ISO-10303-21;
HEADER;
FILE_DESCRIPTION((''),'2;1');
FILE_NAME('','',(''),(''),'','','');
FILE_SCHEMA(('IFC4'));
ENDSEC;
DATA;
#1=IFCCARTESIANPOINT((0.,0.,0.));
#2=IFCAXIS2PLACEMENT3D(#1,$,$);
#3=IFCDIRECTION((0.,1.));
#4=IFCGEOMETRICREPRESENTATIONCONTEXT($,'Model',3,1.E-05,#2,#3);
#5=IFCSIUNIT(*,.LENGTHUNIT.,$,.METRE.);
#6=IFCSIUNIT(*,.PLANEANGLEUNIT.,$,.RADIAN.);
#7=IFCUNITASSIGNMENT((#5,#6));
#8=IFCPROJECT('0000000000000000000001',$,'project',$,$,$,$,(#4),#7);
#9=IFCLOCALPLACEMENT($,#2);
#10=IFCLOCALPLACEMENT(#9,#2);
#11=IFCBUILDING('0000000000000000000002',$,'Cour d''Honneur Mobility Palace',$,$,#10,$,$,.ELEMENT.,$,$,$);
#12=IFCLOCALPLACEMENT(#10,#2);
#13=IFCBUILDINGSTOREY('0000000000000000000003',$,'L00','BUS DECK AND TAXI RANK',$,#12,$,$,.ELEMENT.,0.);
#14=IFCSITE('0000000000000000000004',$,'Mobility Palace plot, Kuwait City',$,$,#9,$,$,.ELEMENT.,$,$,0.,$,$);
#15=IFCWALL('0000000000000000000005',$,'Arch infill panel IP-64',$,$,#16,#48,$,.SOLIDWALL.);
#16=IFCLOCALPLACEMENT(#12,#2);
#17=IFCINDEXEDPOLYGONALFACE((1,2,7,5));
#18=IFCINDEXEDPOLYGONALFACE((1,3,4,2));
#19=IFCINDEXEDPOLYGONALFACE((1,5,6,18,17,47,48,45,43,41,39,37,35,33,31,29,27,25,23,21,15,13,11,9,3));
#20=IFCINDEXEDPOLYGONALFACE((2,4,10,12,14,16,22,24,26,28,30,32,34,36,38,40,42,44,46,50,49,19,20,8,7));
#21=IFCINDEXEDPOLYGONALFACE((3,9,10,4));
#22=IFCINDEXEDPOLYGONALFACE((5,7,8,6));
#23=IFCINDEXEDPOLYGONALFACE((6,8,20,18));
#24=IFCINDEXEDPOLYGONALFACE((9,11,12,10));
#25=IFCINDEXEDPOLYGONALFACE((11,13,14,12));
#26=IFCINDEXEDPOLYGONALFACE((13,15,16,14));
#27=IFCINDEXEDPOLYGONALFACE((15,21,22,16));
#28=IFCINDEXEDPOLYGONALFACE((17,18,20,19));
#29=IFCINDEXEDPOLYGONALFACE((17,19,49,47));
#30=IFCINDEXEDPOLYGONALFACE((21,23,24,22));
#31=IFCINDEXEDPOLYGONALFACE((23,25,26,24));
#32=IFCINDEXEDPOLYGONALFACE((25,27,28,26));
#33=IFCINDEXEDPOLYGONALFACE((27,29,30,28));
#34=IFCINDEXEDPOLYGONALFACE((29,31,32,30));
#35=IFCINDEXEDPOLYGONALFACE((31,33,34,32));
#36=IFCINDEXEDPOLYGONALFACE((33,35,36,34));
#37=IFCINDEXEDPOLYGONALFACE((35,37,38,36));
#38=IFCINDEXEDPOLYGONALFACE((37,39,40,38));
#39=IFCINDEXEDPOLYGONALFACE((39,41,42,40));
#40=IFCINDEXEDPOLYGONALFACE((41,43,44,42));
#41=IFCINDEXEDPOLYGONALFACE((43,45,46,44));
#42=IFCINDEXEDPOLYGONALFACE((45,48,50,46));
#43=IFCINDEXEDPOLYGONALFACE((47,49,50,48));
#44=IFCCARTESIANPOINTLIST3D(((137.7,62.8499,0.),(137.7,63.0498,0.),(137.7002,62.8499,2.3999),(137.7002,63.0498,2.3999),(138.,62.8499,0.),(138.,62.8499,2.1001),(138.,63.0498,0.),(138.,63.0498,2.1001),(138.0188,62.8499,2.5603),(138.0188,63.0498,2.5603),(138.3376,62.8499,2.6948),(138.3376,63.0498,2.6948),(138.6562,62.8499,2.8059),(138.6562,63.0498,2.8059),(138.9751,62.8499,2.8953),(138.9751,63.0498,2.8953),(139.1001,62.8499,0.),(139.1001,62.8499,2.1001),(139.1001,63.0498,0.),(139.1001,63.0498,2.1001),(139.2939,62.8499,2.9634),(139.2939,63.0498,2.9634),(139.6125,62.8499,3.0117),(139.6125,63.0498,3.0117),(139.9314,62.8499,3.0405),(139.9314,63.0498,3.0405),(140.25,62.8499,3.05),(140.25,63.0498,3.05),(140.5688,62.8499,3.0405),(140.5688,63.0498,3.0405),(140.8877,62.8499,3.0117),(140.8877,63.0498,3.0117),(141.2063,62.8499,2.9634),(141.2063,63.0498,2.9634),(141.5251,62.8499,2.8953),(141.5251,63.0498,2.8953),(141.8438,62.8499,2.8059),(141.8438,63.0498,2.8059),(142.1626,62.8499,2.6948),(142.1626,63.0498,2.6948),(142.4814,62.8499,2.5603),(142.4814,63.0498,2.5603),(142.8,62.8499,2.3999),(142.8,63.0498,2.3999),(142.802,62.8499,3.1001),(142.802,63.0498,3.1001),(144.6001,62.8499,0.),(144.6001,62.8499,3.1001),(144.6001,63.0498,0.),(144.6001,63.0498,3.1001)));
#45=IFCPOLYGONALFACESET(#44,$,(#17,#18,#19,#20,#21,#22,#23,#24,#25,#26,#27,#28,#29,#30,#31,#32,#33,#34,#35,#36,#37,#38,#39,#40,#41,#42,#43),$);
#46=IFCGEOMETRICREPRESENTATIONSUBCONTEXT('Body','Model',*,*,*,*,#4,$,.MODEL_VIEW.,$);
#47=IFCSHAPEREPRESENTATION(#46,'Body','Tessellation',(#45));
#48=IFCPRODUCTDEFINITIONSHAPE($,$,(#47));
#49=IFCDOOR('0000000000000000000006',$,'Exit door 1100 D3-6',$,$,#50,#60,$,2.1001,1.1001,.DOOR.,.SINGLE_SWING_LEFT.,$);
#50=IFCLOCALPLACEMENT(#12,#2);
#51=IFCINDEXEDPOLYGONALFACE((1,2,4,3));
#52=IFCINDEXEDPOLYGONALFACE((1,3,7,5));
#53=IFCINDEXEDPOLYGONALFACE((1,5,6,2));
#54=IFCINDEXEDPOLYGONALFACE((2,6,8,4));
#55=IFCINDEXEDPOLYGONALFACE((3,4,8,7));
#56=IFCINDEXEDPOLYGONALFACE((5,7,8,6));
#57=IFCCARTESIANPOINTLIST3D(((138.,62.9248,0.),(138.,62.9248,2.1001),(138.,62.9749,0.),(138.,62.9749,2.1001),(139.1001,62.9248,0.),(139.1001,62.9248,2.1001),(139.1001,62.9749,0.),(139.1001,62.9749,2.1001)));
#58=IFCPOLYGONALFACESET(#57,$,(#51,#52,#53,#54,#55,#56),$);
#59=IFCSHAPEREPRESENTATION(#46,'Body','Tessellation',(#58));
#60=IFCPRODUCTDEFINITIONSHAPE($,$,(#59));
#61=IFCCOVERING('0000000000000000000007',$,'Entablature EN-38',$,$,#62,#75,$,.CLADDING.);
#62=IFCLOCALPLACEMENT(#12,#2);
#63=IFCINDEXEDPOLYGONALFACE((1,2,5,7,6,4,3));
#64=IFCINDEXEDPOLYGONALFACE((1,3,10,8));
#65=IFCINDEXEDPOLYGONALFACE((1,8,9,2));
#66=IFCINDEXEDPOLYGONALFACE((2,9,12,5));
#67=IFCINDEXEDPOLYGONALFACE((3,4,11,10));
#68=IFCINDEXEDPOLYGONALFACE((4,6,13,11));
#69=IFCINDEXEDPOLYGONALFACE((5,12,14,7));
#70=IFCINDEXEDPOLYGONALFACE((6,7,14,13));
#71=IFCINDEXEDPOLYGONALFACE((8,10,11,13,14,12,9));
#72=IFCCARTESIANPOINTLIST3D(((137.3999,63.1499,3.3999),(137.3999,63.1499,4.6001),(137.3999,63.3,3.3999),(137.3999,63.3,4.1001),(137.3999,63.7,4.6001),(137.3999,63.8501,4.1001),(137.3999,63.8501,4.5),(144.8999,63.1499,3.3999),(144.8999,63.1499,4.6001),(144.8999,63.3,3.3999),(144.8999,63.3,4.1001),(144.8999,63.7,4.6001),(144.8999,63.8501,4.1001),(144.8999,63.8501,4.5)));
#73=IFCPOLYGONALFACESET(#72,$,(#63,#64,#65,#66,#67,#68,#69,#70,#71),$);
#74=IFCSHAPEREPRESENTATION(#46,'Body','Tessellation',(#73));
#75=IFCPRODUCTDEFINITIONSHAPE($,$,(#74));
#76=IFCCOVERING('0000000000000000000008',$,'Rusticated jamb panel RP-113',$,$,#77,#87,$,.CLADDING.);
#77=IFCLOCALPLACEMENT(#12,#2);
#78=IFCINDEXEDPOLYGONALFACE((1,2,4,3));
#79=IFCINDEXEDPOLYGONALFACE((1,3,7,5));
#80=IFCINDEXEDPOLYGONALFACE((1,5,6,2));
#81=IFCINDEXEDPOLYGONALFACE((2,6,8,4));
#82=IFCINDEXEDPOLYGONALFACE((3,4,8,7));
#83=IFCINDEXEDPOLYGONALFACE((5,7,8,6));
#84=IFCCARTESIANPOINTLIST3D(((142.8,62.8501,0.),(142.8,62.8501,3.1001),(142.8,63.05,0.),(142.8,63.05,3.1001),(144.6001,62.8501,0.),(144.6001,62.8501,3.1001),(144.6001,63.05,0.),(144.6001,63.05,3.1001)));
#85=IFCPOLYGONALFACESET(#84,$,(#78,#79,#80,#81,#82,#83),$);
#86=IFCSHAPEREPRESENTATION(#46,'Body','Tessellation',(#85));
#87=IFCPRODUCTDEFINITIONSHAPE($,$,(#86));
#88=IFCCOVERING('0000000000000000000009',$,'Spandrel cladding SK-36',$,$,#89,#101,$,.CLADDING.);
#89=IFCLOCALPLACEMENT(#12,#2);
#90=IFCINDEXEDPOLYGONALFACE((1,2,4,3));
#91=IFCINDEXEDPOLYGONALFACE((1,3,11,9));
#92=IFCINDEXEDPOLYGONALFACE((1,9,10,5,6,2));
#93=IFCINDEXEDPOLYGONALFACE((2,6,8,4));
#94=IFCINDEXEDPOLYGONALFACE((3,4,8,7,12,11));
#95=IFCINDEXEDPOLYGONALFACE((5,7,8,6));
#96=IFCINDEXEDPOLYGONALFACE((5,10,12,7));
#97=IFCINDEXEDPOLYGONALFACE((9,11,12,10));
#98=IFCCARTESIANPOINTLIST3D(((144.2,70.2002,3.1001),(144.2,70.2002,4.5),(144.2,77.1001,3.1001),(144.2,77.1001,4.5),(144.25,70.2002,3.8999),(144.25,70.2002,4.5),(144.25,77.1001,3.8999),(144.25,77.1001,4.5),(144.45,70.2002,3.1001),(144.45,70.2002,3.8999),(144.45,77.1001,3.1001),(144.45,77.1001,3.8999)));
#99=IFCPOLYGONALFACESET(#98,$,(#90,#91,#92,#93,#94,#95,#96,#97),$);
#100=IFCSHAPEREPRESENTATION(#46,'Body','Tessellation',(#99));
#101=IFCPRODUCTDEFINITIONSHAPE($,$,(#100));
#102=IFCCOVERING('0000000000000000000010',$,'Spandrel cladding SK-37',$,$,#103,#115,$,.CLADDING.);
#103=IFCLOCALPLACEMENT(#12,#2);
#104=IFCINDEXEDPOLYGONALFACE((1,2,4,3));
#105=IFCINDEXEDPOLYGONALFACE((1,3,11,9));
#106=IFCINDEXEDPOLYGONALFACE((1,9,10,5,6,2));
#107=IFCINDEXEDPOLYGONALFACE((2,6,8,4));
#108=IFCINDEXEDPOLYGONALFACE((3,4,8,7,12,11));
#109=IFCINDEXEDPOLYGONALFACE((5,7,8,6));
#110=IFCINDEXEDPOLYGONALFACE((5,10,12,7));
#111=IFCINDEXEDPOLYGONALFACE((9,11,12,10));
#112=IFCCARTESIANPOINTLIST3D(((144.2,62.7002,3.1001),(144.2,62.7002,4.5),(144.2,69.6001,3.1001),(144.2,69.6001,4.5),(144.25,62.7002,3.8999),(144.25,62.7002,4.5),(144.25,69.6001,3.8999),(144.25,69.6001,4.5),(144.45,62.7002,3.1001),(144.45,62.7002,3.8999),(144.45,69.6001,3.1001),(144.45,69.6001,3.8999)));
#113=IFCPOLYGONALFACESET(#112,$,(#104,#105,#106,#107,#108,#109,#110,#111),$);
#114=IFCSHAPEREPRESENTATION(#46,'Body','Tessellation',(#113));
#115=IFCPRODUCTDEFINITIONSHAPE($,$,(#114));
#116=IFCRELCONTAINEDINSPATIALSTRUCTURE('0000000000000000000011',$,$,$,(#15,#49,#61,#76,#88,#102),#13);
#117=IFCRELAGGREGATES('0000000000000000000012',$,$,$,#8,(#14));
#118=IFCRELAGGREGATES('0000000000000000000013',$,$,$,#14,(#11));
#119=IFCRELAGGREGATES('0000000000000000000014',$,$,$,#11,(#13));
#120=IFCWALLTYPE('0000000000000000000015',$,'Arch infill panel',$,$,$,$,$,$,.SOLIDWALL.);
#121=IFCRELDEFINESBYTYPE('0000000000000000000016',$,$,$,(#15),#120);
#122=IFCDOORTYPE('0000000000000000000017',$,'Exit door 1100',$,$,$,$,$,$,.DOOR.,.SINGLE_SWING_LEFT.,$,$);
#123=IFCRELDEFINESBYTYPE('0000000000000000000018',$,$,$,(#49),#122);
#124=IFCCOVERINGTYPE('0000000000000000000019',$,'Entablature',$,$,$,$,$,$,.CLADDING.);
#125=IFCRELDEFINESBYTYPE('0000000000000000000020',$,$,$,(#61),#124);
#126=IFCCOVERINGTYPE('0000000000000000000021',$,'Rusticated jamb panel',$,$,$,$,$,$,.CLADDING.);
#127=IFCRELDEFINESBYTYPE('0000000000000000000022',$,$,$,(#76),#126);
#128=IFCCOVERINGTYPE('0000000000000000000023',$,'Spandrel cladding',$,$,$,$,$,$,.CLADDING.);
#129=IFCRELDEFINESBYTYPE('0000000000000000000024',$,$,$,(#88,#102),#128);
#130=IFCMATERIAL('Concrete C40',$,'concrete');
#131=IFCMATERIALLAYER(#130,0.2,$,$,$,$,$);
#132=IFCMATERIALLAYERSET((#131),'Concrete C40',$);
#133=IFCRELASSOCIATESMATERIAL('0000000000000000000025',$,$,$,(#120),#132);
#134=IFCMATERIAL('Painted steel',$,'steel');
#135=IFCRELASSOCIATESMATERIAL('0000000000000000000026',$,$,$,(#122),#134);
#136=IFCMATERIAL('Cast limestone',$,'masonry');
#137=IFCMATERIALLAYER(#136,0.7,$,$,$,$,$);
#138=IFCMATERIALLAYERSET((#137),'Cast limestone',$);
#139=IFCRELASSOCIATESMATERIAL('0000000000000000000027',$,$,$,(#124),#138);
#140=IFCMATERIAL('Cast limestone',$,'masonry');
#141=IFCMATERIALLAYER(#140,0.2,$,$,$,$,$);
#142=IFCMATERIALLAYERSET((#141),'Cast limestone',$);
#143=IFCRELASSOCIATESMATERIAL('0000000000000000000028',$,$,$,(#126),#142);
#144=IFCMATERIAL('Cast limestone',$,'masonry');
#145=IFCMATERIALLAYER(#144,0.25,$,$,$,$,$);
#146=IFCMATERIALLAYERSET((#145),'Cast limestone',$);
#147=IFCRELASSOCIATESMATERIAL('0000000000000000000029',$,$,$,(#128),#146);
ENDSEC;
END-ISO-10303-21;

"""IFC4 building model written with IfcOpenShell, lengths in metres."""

from ifc_helpers import new_model, si_unit, direction, frame, frame_2d, origin, place, context, subcontext, project, spatial, polyline, rectangle, outline, extrude, material, layer, layer_set, type_object, element, fill, save


model = new_model("IFC4")

# Units and contexts
model_context = context("Model", 3, precision=1e-05, world=origin(), true_north=direction((0.0, 1.0)))
body_context = subcontext(model_context, "Body", "Model", "MODEL_VIEW")
ifc_project = project(units=[si_unit("LENGTHUNIT", "METRE"), si_unit("PLANEANGLEUNIT", "RADIAN")], contexts=[model_context])

# Site, building, storey
site_placement = place(None, origin())
site = spatial("IfcSite", under=ifc_project, at=site_placement, Name="Mobility Palace plot, Kuwait City", CompositionType="ELEMENT", RefElevation=0.0)
building_placement = place(site_placement, origin())
building = spatial("IfcBuilding", under=site, at=building_placement, Name="Cour d'Honneur Mobility Palace", CompositionType="ELEMENT")
storey_placement = place(building_placement, origin())
storey = spatial("IfcBuildingStorey", under=building, at=storey_placement, Name="L00", Description="BUS DECK AND TAXI RANK", CompositionType="ELEMENT", Elevation=0.0)

# Shared definitions
ifc_material_1 = material(Name="Concrete C40", Category="concrete")
ifc_layer_1 = layer(ifc_material_1, 0.2)
ifc_layer_set_1 = layer_set([ifc_layer_1], Name="Concrete C40")
wall_type = type_object("IfcWallType", Name="Arch infill panel", PredefinedType="SOLIDWALL", material=ifc_layer_set_1)

# Wall, opening, door
wall_1_placement = place(storey_placement, frame((144.6001, 62.95, 0.0), z_axis=(0.0, 0.0, 1.0), x_axis=(-1.0, 0.0, 0.0)))
wall_1 = element("IfcWall", 1, at=wall_1_placement, inside=storey, type_object=wall_type, Name="Arch infill panel IP-64", PredefinedType="SOLIDWALL", context=body_context, shape_type="SweptSolid", body=[
    extrude(outline(polyline([(0.0, 0.0), (6.9001, 0.0), (6.8999, 2.3999), (6.5813, 2.5603), (6.2625, 2.6948), (5.9438, 2.8059), (5.625, 2.8953), (5.3062, 2.9634), (4.9875, 3.0117), (4.6687, 3.0405), (4.3501, 3.05), (4.0312, 3.0405), (3.7124, 3.0117), (3.3938, 2.9634), (3.075, 2.8953), (2.7563, 2.8059), (2.4375, 2.6948), (2.1187, 2.5603), (1.8, 2.3999), (1.7981, 3.1001), (0.0, 3.1001), (0.0, 0.0)])), frame((0.0, 0.1001, 0.0), z_axis=(0.0, -1.0, 0.0), x_axis=(1.0, 0.0, 0.0)), (0.0, 0.0, 1.0), 0.2),
])
opening_1_placement = place(wall_1_placement, frame((5.5, 0.0, 0.0)))
opening_1 = element("IfcOpeningElement", 2, at=opening_1_placement, cuts=wall_1, PredefinedType="OPENING", context=body_context, shape_type="SweptSolid", body=[
    extrude(rectangle(XDim=1.1001, YDim=2.1001, at=frame_2d((0.55, 1.05))), frame((0.0, 0.1099, 0.0), z_axis=(0.0, -1.0, 0.0), x_axis=(1.0, 0.0, 0.0)), (0.0, 0.0, 1.0), 0.22),
])
ifc_material_2 = material(Name="Painted steel", Category="steel")
door_type_1 = type_object("IfcDoorType", Name="Exit door 1100", OperationType="SINGLE_SWING_LEFT", PredefinedType="DOOR", material=ifc_material_2)
door_1_placement = place(opening_1_placement, frame((1.1001, 0.0, 0.0), z_axis=(0.0, 0.0, 1.0), x_axis=(-1.0, 0.0, 0.0)))
door_1 = element("IfcDoor", 3, at=door_1_placement, inside=storey, type_object=door_type_1, Name="Exit door 1100 D3-6", OperationType="SINGLE_SWING_LEFT", OverallHeight=2.1001, OverallWidth=1.1001, PredefinedType="DOOR", context=body_context, shape_type="SweptSolid", body=[
    extrude(rectangle(XDim=1.1001, YDim=2.1001, at=frame_2d((0.55, 1.05))), frame((0.0, 0.0249, 0.0), z_axis=(0.0, -1.0, 0.0), x_axis=(1.0, 0.0, 0.0)), (0.0, 0.0, 1.0), 0.05),
])
fill(opening_1, door_1)

# Coverings
ifc_material_3 = material(Name="Cast limestone", Category="masonry")
ifc_layer_2 = layer(ifc_material_3, 0.7)
ifc_layer_set_2 = layer_set([ifc_layer_2], Name="Cast limestone")
covering_type_1 = type_object("IfcCoveringType", Name="Entablature", PredefinedType="CLADDING", material=ifc_layer_set_2)
covering_1_placement = place(storey_placement, frame((144.8999, 63.1499, 3.3999), z_axis=(1.0, 0.0, 0.0), x_axis=(0.0, 1.0, 0.0)))
element("IfcCovering", 4, at=covering_1_placement, inside=storey, type_object=covering_type_1, Name="Entablature EN-38", PredefinedType="CLADDING", context=body_context, shape_type="SweptSolid", body=[
    extrude(outline(polyline([(0.0, 0.0), (0.1501, 0.0), (0.1501, 0.7002), (0.7002, 0.7002), (0.7002, 1.1001), (0.55, 1.2002), (0.0, 1.2002), (0.0, 0.0)])), origin(), (0.0, 0.0, -1.0), 7.5),
])
ifc_material_4 = material(Name="Cast limestone", Category="masonry")
ifc_layer_3 = layer(ifc_material_4, 0.2)
ifc_layer_set_3 = layer_set([ifc_layer_3], Name="Cast limestone")
covering_type_2 = type_object("IfcCoveringType", Name="Rusticated jamb panel", PredefinedType="CLADDING", material=ifc_layer_set_3)
covering_2_placement = place(storey_placement, frame((144.6001, 63.05, 0.0), z_axis=(0.0, 1.0, 0.0), x_axis=(-1.0, 0.0, 0.0)))
element("IfcCovering", 5, at=covering_2_placement, inside=storey, type_object=covering_type_2, Name="Rusticated jamb panel RP-113", PredefinedType="CLADDING", context=body_context, shape_type="SweptSolid", body=[
    extrude(outline(polyline([(0.0, 0.0), (1.8, 0.0), (1.8, 3.1001), (0.0, 3.1001), (0.0, 0.0)])), origin(), (0.0, 0.0, -1.0), 0.2),
])
ifc_material_5 = material(Name="Cast limestone", Category="masonry")
ifc_layer_4 = layer(ifc_material_5, 0.25)
ifc_layer_set_4 = layer_set([ifc_layer_4], Name="Cast limestone")
covering_type_3 = type_object("IfcCoveringType", Name="Spandrel cladding", PredefinedType="CLADDING", material=ifc_layer_set_4)
for number, where, z_axis, x_axis, name in (
    (6, (144.45, 77.1001, 3.1001), (0.0, 1.0, 0.0), (-1.0, 0.0, 0.0), "Spandrel cladding SK-36"),
    (7, (144.45, 69.6001, 3.1001), (0.0, 1.0, 0.0), (-1.0, 0.0, 0.0), "Spandrel cladding SK-37"),
):
    element("IfcCovering", number, at=place(storey_placement, frame(where, z_axis=z_axis, x_axis=x_axis)), inside=storey, type_object=covering_type_3, Name=name, PredefinedType="CLADDING", context=body_context, shape_type="SweptSolid", body=[
        extrude(outline(polyline([(0.0, 0.0), (0.25, 0.0), (0.25, 1.3999), (0.2, 1.3999), (0.2, 0.7998), (0.0, 0.7998), (0.0, 0.0)])), origin(), (0.0, 0.0, -1.0), 6.8999),
    ])

save(model, "model.ifc")
